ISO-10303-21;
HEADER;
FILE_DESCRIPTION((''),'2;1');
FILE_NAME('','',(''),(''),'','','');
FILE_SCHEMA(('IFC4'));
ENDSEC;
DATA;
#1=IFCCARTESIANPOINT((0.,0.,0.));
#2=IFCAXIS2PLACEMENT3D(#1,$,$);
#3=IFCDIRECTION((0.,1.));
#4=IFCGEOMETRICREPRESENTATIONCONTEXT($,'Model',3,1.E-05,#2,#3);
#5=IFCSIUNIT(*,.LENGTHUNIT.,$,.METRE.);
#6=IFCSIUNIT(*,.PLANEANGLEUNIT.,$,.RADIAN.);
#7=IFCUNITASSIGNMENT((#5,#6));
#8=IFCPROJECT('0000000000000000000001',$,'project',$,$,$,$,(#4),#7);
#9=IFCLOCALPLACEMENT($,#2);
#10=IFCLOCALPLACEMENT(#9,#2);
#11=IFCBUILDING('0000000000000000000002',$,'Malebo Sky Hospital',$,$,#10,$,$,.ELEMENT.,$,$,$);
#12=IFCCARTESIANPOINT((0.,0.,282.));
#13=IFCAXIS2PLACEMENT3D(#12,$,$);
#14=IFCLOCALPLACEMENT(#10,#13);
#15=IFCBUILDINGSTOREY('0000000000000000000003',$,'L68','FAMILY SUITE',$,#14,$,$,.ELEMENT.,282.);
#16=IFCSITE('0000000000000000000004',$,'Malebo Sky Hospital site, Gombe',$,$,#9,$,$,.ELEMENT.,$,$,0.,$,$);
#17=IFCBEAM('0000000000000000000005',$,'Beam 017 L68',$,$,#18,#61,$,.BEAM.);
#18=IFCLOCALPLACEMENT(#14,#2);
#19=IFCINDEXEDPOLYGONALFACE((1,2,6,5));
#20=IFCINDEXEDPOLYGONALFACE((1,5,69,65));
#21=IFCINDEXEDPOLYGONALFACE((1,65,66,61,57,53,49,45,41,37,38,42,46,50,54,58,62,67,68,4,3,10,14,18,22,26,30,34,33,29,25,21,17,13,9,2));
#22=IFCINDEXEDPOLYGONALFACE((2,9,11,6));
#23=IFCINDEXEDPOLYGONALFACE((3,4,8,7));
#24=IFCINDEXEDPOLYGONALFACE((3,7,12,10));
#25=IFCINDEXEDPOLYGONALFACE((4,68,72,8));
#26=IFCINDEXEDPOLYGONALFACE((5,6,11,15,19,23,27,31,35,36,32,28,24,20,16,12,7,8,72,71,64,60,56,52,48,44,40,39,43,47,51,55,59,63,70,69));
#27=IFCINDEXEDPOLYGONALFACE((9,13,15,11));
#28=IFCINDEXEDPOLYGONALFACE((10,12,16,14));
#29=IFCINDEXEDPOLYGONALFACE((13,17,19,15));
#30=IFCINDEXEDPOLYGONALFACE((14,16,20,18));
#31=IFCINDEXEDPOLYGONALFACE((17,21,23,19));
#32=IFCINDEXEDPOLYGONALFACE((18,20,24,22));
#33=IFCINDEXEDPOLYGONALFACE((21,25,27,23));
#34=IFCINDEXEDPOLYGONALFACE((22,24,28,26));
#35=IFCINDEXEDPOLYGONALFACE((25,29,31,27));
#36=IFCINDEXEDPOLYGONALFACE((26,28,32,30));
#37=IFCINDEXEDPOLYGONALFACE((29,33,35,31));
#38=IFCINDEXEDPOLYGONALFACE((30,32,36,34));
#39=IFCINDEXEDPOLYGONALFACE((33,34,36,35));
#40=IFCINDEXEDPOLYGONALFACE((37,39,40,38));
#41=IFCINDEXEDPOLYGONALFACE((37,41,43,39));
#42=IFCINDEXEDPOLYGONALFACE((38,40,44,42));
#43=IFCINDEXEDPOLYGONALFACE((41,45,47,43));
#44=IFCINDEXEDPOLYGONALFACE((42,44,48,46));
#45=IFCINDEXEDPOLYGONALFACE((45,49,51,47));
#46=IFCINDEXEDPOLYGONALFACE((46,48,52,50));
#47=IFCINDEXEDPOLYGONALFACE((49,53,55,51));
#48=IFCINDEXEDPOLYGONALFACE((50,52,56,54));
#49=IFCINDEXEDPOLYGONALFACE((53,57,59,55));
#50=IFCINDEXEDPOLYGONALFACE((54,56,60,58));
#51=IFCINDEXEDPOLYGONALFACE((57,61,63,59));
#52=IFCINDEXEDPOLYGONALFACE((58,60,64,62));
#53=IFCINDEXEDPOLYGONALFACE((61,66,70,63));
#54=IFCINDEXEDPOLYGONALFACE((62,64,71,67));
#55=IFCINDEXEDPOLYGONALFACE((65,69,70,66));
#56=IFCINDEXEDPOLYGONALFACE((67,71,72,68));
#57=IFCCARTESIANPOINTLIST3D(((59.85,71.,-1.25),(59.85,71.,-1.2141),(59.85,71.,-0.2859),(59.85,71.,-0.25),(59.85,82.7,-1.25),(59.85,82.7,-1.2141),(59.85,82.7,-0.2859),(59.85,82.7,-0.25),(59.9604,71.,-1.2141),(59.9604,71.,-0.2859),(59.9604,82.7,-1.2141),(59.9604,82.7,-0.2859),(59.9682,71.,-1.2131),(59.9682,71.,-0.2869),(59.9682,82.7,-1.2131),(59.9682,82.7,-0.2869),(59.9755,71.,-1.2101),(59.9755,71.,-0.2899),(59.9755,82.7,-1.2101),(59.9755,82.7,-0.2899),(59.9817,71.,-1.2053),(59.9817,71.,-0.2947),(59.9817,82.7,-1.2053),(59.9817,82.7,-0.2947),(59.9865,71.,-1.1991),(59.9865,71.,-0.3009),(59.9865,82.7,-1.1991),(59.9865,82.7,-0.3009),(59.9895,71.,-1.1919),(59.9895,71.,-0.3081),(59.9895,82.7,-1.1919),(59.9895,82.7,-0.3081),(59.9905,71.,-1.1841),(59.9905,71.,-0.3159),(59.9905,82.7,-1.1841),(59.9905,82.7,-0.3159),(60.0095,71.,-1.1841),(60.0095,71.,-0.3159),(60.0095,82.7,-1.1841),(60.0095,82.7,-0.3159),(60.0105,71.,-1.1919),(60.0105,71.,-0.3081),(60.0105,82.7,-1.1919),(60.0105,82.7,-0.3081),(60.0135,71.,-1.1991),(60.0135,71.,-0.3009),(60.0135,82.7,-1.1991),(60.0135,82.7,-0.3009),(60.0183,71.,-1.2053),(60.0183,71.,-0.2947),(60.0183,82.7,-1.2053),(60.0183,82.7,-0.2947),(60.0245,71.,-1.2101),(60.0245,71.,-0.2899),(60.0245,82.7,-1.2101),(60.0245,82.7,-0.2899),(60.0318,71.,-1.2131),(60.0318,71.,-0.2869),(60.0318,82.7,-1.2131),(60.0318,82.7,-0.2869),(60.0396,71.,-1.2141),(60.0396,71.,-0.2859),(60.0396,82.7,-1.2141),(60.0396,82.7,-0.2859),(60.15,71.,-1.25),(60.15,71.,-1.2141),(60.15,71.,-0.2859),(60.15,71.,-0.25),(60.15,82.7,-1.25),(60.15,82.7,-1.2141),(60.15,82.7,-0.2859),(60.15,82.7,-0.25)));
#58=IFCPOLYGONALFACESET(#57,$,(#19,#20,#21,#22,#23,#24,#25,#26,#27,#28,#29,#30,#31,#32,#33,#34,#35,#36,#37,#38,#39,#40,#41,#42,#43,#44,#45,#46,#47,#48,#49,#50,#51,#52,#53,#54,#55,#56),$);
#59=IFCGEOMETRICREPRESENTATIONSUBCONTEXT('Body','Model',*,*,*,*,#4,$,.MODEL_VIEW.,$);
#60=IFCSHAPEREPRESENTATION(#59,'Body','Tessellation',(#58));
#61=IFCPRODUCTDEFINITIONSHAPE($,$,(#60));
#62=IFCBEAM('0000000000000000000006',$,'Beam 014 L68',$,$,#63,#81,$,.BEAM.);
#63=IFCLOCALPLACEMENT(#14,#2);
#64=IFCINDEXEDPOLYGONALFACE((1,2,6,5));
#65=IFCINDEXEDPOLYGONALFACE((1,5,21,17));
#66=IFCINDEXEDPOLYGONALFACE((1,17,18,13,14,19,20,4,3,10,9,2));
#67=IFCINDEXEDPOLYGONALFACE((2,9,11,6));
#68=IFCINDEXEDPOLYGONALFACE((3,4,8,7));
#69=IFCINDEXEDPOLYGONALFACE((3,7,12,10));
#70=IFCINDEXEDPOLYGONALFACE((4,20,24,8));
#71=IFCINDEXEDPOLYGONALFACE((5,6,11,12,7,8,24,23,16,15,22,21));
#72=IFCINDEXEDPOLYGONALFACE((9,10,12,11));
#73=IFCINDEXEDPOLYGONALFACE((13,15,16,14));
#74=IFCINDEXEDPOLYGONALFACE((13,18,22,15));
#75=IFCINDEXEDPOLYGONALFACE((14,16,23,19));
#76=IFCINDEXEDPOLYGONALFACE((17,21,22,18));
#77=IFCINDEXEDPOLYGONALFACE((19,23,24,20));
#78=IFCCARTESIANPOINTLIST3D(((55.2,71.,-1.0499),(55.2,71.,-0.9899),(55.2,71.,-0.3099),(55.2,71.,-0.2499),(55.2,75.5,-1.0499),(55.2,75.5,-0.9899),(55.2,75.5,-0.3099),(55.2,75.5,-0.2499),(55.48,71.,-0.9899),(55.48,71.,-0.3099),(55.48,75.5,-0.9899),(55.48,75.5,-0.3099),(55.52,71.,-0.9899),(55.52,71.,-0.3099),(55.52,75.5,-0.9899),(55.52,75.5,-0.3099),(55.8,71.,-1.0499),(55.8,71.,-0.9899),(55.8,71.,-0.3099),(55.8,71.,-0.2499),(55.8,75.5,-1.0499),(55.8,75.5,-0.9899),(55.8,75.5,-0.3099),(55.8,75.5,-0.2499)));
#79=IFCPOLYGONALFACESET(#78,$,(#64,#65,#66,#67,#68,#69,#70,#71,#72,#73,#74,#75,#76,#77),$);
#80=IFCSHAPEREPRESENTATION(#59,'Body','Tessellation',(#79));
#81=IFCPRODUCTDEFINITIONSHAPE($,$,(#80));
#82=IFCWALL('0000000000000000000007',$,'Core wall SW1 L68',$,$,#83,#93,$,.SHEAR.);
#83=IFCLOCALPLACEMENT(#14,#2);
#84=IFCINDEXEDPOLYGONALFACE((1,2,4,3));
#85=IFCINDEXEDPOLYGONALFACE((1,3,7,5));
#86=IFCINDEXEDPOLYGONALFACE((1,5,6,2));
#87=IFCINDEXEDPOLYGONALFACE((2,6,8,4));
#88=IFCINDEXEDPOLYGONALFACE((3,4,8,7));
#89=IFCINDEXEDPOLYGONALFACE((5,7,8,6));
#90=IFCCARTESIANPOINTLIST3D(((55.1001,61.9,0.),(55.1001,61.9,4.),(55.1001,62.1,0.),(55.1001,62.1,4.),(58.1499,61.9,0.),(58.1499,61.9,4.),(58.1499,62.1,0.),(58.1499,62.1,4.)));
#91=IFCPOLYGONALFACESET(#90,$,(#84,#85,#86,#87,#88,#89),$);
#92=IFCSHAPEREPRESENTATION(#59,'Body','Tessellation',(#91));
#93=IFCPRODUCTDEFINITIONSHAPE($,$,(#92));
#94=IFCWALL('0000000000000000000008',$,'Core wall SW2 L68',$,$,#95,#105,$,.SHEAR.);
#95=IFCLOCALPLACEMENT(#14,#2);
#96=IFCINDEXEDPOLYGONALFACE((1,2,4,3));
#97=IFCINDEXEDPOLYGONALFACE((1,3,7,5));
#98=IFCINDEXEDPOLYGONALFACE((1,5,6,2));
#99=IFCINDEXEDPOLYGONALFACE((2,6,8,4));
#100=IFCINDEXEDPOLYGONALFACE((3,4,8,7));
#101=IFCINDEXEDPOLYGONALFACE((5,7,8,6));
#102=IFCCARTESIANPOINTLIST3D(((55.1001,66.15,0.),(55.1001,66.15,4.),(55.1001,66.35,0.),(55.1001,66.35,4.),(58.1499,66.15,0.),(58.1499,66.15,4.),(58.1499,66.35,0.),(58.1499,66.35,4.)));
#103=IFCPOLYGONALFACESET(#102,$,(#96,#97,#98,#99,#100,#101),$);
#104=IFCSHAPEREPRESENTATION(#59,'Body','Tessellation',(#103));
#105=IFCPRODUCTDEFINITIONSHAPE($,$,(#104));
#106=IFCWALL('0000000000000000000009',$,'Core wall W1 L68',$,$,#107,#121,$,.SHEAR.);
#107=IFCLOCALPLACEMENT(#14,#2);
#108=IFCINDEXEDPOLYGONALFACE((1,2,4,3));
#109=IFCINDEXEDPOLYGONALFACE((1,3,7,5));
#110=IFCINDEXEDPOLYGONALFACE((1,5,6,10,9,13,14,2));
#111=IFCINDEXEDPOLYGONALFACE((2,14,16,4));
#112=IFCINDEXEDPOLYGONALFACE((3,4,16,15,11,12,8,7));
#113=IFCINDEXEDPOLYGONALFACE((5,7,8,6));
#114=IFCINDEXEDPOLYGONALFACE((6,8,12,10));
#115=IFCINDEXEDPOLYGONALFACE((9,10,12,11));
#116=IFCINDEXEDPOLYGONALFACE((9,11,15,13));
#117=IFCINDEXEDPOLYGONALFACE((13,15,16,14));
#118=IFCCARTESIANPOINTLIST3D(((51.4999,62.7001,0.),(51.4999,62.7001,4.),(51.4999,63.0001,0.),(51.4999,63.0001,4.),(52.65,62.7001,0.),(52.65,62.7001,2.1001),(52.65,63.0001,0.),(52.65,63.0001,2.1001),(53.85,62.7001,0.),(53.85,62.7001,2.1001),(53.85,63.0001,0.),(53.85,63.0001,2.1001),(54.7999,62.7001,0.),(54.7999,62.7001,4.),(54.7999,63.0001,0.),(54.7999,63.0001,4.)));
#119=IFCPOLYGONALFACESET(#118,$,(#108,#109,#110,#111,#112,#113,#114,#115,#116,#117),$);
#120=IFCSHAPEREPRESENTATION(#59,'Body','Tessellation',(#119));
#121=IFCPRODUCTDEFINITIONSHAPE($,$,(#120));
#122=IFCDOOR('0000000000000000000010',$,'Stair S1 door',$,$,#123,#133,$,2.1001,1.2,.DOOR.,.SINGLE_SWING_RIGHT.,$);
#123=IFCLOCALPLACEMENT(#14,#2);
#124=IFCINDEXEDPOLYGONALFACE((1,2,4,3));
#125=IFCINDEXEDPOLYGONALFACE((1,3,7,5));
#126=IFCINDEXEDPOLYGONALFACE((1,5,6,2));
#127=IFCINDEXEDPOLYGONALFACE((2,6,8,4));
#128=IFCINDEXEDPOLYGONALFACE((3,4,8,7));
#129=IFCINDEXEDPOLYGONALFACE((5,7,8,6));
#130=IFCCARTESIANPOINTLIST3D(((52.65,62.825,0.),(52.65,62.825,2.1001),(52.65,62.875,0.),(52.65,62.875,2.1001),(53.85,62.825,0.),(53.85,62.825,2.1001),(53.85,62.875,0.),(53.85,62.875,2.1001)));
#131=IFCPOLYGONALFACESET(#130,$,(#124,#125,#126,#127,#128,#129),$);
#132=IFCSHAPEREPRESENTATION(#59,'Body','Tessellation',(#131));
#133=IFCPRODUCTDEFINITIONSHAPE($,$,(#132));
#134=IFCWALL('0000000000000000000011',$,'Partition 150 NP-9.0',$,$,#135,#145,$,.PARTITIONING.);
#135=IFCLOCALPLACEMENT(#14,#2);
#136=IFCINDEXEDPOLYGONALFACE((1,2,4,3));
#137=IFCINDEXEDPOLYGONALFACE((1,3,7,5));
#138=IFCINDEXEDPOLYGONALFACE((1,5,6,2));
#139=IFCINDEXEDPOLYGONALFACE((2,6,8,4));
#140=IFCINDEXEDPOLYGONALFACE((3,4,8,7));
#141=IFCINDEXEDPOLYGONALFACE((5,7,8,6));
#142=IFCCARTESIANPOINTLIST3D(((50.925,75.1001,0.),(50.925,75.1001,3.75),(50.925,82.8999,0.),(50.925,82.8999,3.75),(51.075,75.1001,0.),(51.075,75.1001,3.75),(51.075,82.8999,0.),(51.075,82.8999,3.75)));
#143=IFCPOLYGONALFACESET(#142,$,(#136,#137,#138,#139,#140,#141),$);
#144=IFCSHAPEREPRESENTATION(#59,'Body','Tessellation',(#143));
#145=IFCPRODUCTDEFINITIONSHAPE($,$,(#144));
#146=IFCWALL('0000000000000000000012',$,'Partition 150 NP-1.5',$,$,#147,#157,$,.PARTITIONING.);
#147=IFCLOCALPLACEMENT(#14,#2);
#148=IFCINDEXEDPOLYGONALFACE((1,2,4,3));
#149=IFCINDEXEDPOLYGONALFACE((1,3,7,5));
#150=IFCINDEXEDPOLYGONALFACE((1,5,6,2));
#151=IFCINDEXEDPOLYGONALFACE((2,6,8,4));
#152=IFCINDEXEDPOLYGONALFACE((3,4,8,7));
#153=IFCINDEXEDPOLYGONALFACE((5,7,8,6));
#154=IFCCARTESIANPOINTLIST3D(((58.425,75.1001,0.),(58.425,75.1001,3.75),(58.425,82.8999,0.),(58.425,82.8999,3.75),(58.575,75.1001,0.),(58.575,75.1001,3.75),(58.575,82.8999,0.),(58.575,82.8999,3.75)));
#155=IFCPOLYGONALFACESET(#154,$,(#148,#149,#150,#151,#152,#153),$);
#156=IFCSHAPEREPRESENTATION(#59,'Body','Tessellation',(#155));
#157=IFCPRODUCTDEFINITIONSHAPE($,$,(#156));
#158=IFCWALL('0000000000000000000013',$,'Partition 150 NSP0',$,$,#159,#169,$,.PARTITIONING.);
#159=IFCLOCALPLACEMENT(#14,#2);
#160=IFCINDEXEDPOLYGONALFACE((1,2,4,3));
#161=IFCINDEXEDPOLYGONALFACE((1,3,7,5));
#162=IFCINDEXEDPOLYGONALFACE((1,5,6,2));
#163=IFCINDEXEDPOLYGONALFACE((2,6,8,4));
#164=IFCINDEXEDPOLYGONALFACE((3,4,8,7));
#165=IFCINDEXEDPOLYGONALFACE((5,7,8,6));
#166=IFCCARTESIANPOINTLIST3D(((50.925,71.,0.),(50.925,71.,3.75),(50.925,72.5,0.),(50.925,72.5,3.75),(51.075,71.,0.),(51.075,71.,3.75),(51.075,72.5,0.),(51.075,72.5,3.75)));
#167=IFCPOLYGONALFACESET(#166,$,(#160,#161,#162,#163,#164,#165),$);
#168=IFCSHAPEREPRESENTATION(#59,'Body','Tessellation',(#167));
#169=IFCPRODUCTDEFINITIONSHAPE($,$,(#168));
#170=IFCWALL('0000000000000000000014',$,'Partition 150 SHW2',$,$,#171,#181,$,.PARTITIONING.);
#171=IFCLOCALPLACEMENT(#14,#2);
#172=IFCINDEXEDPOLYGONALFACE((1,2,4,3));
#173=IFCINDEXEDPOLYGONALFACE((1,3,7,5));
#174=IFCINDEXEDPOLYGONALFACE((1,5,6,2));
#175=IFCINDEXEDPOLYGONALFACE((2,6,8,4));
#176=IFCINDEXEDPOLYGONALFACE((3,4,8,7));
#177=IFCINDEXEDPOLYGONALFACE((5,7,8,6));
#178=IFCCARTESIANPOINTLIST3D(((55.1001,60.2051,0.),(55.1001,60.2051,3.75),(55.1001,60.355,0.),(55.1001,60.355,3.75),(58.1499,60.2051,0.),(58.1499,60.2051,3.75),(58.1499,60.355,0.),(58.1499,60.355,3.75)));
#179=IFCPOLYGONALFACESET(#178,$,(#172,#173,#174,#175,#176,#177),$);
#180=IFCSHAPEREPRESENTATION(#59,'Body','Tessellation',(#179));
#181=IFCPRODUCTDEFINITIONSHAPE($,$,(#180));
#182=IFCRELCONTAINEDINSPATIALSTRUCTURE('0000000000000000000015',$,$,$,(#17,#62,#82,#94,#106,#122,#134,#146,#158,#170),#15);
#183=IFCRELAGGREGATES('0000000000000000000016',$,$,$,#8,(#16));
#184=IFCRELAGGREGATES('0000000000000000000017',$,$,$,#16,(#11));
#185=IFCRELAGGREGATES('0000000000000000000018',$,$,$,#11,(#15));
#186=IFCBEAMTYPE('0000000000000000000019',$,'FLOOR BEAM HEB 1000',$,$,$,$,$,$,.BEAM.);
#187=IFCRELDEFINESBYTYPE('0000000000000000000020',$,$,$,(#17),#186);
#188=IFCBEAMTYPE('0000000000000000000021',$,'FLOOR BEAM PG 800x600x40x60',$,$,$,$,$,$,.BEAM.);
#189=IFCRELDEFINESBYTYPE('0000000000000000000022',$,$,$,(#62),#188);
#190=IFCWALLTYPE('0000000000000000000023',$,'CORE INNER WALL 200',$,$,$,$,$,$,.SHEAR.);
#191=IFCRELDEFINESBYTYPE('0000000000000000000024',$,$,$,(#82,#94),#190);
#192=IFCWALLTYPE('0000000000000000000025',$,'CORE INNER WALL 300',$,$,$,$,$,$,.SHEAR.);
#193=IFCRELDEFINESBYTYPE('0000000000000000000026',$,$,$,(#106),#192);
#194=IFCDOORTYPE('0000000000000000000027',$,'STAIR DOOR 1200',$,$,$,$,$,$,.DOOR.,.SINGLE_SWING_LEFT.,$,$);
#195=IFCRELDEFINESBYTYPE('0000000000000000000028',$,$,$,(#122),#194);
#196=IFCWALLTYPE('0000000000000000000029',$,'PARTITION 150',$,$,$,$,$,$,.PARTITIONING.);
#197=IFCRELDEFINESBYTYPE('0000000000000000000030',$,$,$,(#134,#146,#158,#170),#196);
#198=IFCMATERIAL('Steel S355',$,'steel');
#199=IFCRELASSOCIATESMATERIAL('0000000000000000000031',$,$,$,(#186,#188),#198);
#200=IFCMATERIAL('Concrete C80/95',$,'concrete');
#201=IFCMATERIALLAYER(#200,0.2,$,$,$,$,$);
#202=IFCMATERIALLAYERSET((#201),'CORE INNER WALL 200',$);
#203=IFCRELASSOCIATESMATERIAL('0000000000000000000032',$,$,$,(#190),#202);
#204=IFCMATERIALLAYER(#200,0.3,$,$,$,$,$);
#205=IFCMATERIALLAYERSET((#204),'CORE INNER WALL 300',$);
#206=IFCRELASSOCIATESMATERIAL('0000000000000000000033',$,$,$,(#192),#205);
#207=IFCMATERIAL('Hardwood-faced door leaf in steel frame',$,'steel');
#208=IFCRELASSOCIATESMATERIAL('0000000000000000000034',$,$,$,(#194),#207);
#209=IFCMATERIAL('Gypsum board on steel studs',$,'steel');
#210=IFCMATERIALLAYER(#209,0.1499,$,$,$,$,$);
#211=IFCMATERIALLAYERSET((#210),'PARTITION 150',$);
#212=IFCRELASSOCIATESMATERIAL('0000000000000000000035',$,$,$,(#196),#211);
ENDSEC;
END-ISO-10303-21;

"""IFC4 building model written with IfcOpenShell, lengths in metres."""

from ifc_helpers import new_model, si_unit, direction, frame, frame_2d, origin, origin_2d, place, context, subcontext, project, spatial, rectangle, i_section, extrude, material, layer, layer_set, material_profile, profile_set, type_object, element, fill, save


model = new_model("IFC4")

# Units and contexts
model_context = context("Model", 3, precision=1e-05, world=origin(), true_north=direction((0.0, 1.0)))
body_context = subcontext(model_context, "Body", "Model", "MODEL_VIEW")
ifc_project = project(units=[si_unit("LENGTHUNIT", "METRE"), si_unit("PLANEANGLEUNIT", "RADIAN")], contexts=[model_context])

# Site, building, storey
site_placement = place(None, origin())
site = spatial("IfcSite", under=ifc_project, at=site_placement, Name="Malebo Sky Hospital site, Gombe", CompositionType="ELEMENT", RefElevation=0.0)
building_placement = place(site_placement, origin())
building = spatial("IfcBuilding", under=site, at=building_placement, Name="Malebo Sky Hospital", CompositionType="ELEMENT")
storey_placement = place(building_placement, frame((0.0, 0.0, 282.0)))
storey = spatial("IfcBuildingStorey", under=building, at=storey_placement, Name="L68", Description="FAMILY SUITE", CompositionType="ELEMENT", Elevation=282.0)

# Beams
ifc_material_1 = material(Name="Steel S355", Category="steel")
ifc_material_profile_1 = material_profile(ifc_material_1, i_section(OverallWidth=0.3, OverallDepth=1.0, WebThickness=0.019, FlangeThickness=0.0359, FilletRadius=0.03, at=origin_2d()), Name="HEB 1000")
ifc_profile_set_1 = profile_set([ifc_material_profile_1], Name="Steel S355")
beam_type_1 = type_object("IfcBeamType", Name="FLOOR BEAM HEB 1000", PredefinedType="BEAM", material=ifc_profile_set_1)
beam_1_placement = place(storey_placement, frame((60.0, 71.0, -0.75), z_axis=(0.0, 1.0, 0.0), x_axis=(-1.0, 0.0, 0.0)))
element("IfcBeam", 1, at=beam_1_placement, inside=storey, type_object=beam_type_1, Name="Beam 017 L68", PredefinedType="BEAM", context=body_context, shape_type="SweptSolid", body=[
    extrude(i_section(OverallWidth=0.3, OverallDepth=1.0, WebThickness=0.019, FlangeThickness=0.0359, FilletRadius=0.03, at=origin_2d()), origin(), (0.0, 0.0, 1.0), 11.7),
])
ifc_material_profile_2 = material_profile(ifc_material_1, i_section(OverallWidth=0.6001, OverallDepth=0.8, WebThickness=0.04, FlangeThickness=0.0601, at=origin_2d()), Name="PG 800x600x40x60")
ifc_profile_set_2 = profile_set([ifc_material_profile_2], Name="Steel S355")
beam_type_2 = type_object("IfcBeamType", Name="FLOOR BEAM PG 800x600x40x60", PredefinedType="BEAM", material=ifc_profile_set_2)
beam_2_placement = place(storey_placement, frame((55.5, 71.0, -0.6499), z_axis=(0.0, 1.0, 0.0), x_axis=(-1.0, 0.0, 0.0)))
element("IfcBeam", 2, at=beam_2_placement, inside=storey, type_object=beam_type_2, Name="Beam 014 L68", PredefinedType="BEAM", context=body_context, shape_type="SweptSolid", body=[
    extrude(i_section(OverallWidth=0.6001, OverallDepth=0.8, WebThickness=0.04, FlangeThickness=0.0601, at=origin_2d()), origin(), (0.0, 0.0, 1.0), 4.5),
])

# Walls
ifc_material_2 = material(Name="Concrete C80/95", Category="concrete")
ifc_layer_1 = layer(ifc_material_2, 0.2)
ifc_layer_set_1 = layer_set([ifc_layer_1], Name="CORE INNER WALL 200")
wall_type_1 = type_object("IfcWallType", Name="CORE INNER WALL 200", PredefinedType="SHEAR", material=ifc_layer_set_1)
for number, where, z_axis, x_axis, name in (
    (3, (55.1001, 62.0, 0.0), (0.0, 0.0, 1.0), (1.0, 0.0, 0.0), "Core wall SW1 L68"),
    (4, (55.1001, 66.25, 0.0), (0.0, 0.0, 1.0), (1.0, 0.0, 0.0), "Core wall SW2 L68"),
):
    element("IfcWall", number, at=place(storey_placement, frame(where, z_axis=z_axis, x_axis=x_axis)), inside=storey, type_object=wall_type_1, Name=name, PredefinedType="SHEAR", context=body_context, shape_type="SweptSolid", body=[
        extrude(rectangle(XDim=3.0498, YDim=0.2, at=frame_2d((1.5249, 0.0))), origin(), (0.0, 0.0, 1.0), 4.0),
    ])

# Wall, opening, door
ifc_layer_2 = layer(ifc_material_2, 0.3)
ifc_layer_set_2 = layer_set([ifc_layer_2], Name="CORE INNER WALL 300")
wall_type_2 = type_object("IfcWallType", Name="CORE INNER WALL 300", PredefinedType="SHEAR", material=ifc_layer_set_2)
wall_1_placement = place(storey_placement, frame((51.5, 62.8501, 0.0), z_axis=(0.0, 0.0, 1.0), x_axis=(1.0, 0.0, 0.0)))
wall_1 = element("IfcWall", 5, at=wall_1_placement, inside=storey, type_object=wall_type_2, Name="Core wall W1 L68", PredefinedType="SHEAR", context=body_context, shape_type="SweptSolid", body=[
    extrude(rectangle(XDim=3.3, YDim=0.3, at=frame_2d((1.6499, 0.0))), origin(), (0.0, 0.0, 1.0), 4.0),
])
opening_placement = place(wall_1_placement, frame((1.1499, 0.0, 0.0)))
opening = element("IfcOpeningElement", 6, at=opening_placement, cuts=wall_1, PredefinedType="OPENING", context=body_context, shape_type="SweptSolid", body=[
    extrude(rectangle(XDim=1.2, YDim=2.1001, at=frame_2d((0.6001, 1.05))), frame((0.0, 0.1599, 0.0), z_axis=(0.0, -1.0, 0.0), x_axis=(1.0, 0.0, 0.0)), (0.0, 0.0, 1.0), 0.3201),
])
ifc_material_3 = material(Name="Hardwood-faced door leaf in steel frame", Category="steel")
door_type = type_object("IfcDoorType", Name="STAIR DOOR 1200", OperationType="SINGLE_SWING_LEFT", PredefinedType="DOOR", material=ifc_material_3)
door_placement = place(opening_placement, origin())
door = element("IfcDoor", 7, at=door_placement, inside=storey, type_object=door_type, Name="Stair S1 door", OperationType="SINGLE_SWING_RIGHT", OverallHeight=2.1001, OverallWidth=1.2, PredefinedType="DOOR", context=body_context, shape_type="SweptSolid", body=[
    extrude(rectangle(XDim=1.2, YDim=2.1001, at=frame_2d((0.6001, 1.05))), frame((0.0, 0.0249, 0.0), z_axis=(0.0, -1.0, 0.0), x_axis=(1.0, 0.0, 0.0)), (0.0, 0.0, 1.0), 0.05),
])
fill(opening, door)

# Walls
ifc_material_4 = material(Name="Gypsum board on steel studs", Category="steel")
ifc_layer_3 = layer(ifc_material_4, 0.1499)
ifc_layer_set_3 = layer_set([ifc_layer_3], Name="PARTITION 150")
wall_type_3 = type_object("IfcWallType", Name="PARTITION 150", PredefinedType="PARTITIONING", material=ifc_layer_set_3)
for number, where, z_axis, x_axis, name in (
    (8, (51.0, 75.1001, 0.0), (0.0, 0.0, 1.0), (0.0, 1.0, 0.0), "Partition 150 NP-9.0"),
    (9, (58.5, 75.1001, 0.0), (0.0, 0.0, 1.0), (0.0, 1.0, 0.0), "Partition 150 NP-1.5"),
):
    element("IfcWall", number, at=place(storey_placement, frame(where, z_axis=z_axis, x_axis=x_axis)), inside=storey, type_object=wall_type_3, Name=name, PredefinedType="PARTITIONING", context=body_context, shape_type="SweptSolid", body=[
        extrude(rectangle(XDim=7.7998, YDim=0.1499, at=frame_2d((3.8999, 0.0))), origin(), (0.0, 0.0, 1.0), 3.75),
    ])
wall_2_placement = place(storey_placement, frame((51.0, 71.0, 0.0), z_axis=(0.0, 0.0, 1.0), x_axis=(0.0, 1.0, 0.0)))
element("IfcWall", 10, at=wall_2_placement, inside=storey, type_object=wall_type_3, Name="Partition 150 NSP0", PredefinedType="PARTITIONING", context=body_context, shape_type="SweptSolid", body=[
    extrude(rectangle(XDim=1.5, YDim=0.1499, at=frame_2d((0.75, 0.0))), origin(), (0.0, 0.0, 1.0), 3.75),
])
wall_3_placement = place(storey_placement, frame((55.1001, 60.28, 0.0), z_axis=(0.0, 0.0, 1.0), x_axis=(1.0, 0.0, 0.0)))
element("IfcWall", 11, at=wall_3_placement, inside=storey, type_object=wall_type_3, Name="Partition 150 SHW2", PredefinedType="PARTITIONING", context=body_context, shape_type="SweptSolid", body=[
    extrude(rectangle(XDim=3.0498, YDim=0.1499, at=frame_2d((1.5249, 0.0))), origin(), (0.0, 0.0, 1.0), 3.75),
])

save(model, "model.ifc")
